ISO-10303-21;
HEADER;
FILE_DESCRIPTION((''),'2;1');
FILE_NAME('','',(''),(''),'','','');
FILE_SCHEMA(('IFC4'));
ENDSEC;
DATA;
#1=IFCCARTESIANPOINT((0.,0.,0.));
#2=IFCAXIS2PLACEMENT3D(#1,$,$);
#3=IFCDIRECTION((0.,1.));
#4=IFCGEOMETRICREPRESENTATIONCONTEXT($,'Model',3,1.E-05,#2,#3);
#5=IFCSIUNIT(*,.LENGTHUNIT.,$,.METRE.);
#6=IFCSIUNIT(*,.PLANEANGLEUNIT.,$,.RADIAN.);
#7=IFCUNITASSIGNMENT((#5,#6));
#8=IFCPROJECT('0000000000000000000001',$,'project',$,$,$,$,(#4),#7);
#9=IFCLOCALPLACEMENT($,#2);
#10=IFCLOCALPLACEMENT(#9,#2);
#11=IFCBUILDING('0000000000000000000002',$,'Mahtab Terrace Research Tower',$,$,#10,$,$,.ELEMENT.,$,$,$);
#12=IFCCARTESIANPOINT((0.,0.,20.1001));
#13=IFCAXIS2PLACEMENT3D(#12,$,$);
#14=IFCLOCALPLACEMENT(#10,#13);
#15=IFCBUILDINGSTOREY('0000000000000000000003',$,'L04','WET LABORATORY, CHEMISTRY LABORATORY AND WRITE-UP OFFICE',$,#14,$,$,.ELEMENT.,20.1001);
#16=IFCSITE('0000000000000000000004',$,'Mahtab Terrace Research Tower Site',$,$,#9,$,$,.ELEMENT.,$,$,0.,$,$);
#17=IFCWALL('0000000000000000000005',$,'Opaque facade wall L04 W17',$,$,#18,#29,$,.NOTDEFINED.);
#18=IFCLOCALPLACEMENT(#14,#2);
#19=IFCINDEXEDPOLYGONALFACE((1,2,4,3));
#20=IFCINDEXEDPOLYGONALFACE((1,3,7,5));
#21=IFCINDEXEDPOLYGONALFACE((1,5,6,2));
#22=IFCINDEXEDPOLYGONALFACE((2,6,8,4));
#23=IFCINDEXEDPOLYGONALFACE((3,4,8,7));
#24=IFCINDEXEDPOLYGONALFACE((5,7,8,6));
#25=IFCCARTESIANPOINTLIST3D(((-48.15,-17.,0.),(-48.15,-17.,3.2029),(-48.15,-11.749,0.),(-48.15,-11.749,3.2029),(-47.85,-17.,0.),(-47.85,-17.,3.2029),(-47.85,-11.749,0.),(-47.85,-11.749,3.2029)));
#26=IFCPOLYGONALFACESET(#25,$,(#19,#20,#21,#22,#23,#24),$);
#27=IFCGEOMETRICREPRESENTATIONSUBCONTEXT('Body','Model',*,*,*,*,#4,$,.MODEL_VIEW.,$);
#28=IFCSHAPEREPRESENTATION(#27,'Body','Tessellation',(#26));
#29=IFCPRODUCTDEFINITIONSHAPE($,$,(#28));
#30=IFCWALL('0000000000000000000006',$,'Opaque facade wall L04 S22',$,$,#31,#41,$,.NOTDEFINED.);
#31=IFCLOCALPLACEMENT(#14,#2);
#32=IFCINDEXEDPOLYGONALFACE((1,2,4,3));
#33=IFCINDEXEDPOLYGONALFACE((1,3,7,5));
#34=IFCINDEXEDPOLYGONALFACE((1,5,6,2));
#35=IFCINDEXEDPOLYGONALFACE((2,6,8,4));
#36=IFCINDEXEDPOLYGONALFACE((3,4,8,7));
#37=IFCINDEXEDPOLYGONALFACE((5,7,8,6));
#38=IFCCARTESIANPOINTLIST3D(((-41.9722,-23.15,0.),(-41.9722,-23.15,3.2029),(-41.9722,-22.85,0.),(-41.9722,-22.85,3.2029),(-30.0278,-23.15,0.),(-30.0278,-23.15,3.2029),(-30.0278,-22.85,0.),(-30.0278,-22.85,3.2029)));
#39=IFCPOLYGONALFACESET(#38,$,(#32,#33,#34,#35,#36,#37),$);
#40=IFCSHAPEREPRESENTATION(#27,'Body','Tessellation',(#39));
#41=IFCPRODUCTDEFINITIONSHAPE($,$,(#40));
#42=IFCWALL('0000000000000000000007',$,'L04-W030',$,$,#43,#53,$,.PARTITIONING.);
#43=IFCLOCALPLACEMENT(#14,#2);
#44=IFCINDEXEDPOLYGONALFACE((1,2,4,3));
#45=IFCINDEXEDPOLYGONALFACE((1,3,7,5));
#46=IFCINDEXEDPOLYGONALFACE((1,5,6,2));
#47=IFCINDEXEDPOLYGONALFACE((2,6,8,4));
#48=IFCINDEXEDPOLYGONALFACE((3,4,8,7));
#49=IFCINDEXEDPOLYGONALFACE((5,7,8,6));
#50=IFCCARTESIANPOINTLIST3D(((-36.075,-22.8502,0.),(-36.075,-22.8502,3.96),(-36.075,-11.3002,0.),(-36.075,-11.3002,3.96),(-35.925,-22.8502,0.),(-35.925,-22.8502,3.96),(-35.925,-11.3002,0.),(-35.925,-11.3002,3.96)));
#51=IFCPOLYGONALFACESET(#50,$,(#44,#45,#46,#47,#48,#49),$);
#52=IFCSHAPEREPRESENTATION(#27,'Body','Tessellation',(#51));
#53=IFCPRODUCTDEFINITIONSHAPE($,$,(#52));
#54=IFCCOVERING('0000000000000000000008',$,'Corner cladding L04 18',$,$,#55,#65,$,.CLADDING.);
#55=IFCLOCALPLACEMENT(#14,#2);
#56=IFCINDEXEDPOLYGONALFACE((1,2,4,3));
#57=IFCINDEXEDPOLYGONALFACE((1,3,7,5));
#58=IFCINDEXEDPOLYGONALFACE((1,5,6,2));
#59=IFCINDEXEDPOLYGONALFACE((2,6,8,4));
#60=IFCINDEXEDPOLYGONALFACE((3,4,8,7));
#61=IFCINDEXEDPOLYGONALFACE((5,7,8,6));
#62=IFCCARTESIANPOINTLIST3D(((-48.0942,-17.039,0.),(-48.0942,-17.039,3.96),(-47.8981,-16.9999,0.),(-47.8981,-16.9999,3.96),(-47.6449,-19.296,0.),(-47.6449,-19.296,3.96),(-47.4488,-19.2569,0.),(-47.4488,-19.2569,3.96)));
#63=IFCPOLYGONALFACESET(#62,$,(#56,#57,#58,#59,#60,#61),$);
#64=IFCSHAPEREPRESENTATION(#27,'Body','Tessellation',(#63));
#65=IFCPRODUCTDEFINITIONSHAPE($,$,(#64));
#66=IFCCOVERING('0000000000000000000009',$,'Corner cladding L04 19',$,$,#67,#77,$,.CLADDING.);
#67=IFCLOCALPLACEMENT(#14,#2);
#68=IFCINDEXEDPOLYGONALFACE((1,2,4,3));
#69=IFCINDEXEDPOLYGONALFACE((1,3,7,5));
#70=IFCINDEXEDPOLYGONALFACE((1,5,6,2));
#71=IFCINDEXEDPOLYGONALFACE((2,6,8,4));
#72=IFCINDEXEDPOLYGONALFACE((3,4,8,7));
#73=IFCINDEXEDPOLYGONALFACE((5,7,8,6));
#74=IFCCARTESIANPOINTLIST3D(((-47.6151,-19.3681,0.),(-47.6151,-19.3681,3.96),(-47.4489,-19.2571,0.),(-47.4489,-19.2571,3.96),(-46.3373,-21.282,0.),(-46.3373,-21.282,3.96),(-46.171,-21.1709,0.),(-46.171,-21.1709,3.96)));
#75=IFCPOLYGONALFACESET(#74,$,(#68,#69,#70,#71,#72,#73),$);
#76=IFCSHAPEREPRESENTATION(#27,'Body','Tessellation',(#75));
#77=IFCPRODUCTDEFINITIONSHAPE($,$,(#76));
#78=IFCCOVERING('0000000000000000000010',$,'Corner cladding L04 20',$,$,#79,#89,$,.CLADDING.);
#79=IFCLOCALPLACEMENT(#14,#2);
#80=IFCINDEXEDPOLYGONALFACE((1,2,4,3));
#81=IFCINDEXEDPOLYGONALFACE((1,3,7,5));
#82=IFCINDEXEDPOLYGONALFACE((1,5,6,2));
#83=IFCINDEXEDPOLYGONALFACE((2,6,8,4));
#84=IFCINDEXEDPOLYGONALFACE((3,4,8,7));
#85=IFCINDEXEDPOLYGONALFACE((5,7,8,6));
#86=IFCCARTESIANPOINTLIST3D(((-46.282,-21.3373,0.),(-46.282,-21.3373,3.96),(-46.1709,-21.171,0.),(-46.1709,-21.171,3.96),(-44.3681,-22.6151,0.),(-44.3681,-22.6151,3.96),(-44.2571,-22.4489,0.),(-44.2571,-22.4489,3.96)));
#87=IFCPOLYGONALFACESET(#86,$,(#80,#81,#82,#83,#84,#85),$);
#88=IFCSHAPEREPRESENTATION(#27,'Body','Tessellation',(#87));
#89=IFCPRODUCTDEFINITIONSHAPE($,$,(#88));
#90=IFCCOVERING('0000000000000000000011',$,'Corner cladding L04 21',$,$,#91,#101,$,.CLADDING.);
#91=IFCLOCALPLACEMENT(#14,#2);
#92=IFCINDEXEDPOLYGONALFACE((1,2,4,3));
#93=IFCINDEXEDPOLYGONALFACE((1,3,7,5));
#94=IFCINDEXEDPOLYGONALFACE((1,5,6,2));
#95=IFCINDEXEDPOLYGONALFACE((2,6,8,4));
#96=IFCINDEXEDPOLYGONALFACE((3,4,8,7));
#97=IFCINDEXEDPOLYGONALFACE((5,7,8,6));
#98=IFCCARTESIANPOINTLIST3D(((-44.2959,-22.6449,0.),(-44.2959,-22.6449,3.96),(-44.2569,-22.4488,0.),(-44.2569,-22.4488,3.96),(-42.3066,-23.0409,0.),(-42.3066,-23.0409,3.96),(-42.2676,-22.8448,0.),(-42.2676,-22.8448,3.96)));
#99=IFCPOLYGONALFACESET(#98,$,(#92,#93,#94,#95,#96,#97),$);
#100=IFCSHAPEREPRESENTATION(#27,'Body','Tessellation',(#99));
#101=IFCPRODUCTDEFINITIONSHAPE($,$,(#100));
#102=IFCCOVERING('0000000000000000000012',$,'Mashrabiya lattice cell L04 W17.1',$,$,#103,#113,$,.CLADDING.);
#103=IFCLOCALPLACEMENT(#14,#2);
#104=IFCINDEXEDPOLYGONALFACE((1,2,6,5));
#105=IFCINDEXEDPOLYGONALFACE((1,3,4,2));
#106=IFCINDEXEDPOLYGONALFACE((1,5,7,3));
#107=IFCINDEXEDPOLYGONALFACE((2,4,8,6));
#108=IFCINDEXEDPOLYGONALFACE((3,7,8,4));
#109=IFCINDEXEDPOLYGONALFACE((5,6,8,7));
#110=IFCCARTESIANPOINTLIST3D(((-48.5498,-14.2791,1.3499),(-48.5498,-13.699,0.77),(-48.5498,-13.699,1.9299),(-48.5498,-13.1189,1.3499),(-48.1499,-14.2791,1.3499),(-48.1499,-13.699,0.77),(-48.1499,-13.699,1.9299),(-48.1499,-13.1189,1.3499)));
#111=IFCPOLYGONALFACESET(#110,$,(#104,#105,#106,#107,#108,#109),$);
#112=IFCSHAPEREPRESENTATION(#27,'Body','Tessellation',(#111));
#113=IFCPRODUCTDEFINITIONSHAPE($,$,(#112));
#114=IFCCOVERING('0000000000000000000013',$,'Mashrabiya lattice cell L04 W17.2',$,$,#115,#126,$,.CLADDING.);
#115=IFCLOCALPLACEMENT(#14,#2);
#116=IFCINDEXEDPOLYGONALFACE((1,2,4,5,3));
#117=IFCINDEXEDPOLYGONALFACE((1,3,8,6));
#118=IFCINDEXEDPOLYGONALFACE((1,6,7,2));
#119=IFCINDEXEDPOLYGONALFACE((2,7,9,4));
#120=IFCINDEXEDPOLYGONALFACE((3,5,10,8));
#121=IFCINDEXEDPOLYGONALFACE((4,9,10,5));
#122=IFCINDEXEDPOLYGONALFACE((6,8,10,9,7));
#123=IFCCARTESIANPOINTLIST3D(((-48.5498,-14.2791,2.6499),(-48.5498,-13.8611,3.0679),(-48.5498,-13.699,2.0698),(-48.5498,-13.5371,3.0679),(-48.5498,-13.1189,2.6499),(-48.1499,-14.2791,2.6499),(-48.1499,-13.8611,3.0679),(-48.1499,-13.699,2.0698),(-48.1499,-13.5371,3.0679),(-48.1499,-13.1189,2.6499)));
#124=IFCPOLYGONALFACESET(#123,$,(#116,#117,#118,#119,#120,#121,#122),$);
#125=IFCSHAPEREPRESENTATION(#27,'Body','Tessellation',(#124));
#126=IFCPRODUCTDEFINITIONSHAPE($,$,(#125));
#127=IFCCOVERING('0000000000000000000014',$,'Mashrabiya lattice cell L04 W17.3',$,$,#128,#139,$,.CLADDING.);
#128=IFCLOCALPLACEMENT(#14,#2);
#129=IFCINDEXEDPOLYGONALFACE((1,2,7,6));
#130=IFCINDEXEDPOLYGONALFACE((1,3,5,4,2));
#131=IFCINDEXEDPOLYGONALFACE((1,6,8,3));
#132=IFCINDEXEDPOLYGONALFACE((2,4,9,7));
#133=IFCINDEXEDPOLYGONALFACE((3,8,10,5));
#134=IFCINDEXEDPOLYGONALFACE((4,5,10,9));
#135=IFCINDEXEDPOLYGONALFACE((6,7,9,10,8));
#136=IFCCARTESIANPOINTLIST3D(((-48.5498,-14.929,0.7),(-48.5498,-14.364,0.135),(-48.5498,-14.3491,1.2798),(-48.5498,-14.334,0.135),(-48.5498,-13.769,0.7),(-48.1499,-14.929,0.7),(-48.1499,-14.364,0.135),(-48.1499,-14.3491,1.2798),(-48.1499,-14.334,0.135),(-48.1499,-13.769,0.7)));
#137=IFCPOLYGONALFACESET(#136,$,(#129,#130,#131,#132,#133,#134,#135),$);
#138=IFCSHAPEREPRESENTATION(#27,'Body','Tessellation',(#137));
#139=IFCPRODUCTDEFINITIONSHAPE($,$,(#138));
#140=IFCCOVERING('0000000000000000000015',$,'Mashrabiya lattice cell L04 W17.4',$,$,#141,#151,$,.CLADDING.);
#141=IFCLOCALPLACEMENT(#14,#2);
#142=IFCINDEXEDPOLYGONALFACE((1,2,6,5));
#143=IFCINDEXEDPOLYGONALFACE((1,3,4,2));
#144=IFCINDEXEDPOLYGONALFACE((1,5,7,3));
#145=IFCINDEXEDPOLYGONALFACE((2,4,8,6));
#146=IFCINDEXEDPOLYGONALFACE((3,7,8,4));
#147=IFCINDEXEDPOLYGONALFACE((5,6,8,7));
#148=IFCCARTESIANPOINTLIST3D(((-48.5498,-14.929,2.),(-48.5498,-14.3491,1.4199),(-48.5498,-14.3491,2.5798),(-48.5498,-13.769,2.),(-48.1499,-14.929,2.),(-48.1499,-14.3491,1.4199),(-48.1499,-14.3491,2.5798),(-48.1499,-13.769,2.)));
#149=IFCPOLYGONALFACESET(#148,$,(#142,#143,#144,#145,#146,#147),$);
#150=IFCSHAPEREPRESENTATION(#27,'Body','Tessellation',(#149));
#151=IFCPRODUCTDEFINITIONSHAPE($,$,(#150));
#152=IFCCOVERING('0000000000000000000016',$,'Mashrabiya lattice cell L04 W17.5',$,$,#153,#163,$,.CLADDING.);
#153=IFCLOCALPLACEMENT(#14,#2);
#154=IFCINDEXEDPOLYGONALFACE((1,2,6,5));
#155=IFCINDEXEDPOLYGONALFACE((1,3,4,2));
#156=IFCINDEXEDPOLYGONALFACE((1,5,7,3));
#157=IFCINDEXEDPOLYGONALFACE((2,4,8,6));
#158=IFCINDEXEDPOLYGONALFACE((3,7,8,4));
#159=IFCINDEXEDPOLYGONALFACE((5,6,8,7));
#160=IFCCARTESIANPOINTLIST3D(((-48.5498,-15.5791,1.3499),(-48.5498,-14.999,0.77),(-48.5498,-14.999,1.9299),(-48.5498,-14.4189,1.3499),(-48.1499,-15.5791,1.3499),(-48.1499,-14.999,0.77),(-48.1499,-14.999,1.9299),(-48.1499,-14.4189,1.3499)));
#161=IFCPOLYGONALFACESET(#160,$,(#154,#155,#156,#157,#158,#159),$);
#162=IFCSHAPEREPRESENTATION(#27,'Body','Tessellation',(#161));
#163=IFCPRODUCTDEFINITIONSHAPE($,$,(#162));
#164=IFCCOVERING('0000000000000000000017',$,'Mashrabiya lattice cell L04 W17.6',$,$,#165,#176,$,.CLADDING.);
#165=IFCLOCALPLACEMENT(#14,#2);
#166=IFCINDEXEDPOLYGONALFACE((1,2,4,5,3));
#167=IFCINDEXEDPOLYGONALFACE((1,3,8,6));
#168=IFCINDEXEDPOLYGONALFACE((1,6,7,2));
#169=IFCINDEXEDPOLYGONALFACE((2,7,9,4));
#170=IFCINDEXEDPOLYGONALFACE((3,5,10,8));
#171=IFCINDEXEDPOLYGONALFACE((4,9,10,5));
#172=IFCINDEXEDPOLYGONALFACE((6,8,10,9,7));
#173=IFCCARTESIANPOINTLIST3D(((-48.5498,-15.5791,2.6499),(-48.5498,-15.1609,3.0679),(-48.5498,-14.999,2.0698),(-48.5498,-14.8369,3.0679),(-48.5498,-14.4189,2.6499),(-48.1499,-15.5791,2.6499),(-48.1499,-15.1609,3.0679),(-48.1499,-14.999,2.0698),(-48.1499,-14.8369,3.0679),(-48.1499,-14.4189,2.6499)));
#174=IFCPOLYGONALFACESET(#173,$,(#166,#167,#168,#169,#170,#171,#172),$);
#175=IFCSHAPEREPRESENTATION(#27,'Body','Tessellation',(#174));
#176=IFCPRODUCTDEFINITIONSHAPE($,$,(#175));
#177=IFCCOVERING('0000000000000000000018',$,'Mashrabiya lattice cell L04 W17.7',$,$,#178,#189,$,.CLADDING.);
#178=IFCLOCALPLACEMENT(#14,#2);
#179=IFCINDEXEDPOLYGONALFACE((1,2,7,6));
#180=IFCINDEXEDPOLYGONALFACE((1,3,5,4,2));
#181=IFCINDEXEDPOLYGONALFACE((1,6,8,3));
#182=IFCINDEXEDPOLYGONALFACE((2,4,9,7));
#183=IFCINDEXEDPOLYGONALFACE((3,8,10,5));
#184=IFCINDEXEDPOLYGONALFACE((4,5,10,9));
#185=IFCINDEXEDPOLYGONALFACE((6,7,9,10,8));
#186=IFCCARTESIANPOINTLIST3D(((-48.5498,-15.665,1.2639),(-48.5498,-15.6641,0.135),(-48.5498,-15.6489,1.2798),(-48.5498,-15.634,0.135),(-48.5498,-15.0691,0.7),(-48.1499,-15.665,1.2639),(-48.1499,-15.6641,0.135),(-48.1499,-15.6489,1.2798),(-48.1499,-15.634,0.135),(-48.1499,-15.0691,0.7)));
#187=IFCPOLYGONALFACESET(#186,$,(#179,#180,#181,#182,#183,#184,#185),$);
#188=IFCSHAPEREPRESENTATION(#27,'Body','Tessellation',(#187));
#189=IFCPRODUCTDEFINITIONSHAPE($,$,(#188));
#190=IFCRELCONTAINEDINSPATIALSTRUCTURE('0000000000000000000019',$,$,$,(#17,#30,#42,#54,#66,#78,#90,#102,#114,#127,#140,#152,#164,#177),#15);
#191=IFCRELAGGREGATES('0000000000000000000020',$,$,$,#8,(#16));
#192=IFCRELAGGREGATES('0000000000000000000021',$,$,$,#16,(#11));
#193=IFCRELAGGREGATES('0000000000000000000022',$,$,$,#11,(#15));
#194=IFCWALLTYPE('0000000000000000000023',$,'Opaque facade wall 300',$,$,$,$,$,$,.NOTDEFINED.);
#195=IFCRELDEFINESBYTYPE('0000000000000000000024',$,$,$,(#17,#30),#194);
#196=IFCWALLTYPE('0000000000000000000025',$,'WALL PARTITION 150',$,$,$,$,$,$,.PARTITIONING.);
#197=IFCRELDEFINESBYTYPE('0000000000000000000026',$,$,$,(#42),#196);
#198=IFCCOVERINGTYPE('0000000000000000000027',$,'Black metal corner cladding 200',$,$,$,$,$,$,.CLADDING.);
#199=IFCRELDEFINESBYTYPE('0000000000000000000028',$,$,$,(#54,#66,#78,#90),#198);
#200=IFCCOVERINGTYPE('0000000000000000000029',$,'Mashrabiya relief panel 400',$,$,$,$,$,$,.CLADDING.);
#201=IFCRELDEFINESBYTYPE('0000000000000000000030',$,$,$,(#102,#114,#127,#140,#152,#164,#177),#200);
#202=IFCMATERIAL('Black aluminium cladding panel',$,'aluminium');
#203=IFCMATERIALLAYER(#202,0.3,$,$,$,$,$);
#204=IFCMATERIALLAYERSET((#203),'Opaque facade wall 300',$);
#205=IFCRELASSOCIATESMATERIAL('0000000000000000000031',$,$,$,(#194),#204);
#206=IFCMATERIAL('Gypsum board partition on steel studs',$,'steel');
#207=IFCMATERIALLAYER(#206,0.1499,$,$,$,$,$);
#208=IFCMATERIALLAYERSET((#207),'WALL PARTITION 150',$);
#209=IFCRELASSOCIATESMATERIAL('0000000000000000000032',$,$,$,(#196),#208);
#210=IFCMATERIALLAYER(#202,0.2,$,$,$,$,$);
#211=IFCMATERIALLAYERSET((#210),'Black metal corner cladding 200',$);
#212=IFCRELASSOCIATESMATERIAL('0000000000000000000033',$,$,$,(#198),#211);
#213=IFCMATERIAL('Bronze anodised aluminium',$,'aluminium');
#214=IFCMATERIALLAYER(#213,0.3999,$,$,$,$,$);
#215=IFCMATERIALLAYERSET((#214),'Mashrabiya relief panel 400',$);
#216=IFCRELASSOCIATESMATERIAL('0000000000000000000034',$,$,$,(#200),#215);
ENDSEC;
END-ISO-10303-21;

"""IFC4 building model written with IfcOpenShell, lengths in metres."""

from ifc_helpers import new_model, si_unit, direction, frame, frame_2d, origin, origin_2d, place, context, subcontext, project, spatial, polyline, rectangle, outline, extrude, material, layer, layer_set, type_object, element, save


model = new_model("IFC4")

# Units and contexts
model_context = context("Model", 3, precision=1e-05, world=origin(), true_north=direction((0.0, 1.0)))
body_context = subcontext(model_context, "Body", "Model", "MODEL_VIEW")
ifc_project = project(units=[si_unit("LENGTHUNIT", "METRE"), si_unit("PLANEANGLEUNIT", "RADIAN")], contexts=[model_context])

# Site, building, storey
site_placement = place(None, origin())
site = spatial("IfcSite", under=ifc_project, at=site_placement, Name="Mahtab Terrace Research Tower Site", CompositionType="ELEMENT", RefElevation=0.0)
building_placement = place(site_placement, origin())
building = spatial("IfcBuilding", under=site, at=building_placement, Name="Mahtab Terrace Research Tower", CompositionType="ELEMENT")
storey_placement = place(building_placement, frame((0.0, 0.0, 20.1001)))
storey = spatial("IfcBuildingStorey", under=building, at=storey_placement, Name="L04", Description="WET LABORATORY, CHEMISTRY LABORATORY AND WRITE-UP OFFICE", CompositionType="ELEMENT", Elevation=20.1001)

# Walls
ifc_material_1 = material(Name="Black aluminium cladding panel", Category="aluminium")
ifc_layer_1 = layer(ifc_material_1, 0.3)
ifc_layer_set_1 = layer_set([ifc_layer_1], Name="Opaque facade wall 300")
wall_type_1 = type_object("IfcWallType", Name="Opaque facade wall 300", PredefinedType="NOTDEFINED", material=ifc_layer_set_1)
wall_1_placement = place(storey_placement, frame((-48.0, -11.749, 0.0), z_axis=(0.0, 0.0, 1.0), x_axis=(0.0, -1.0, 0.0)))
element("IfcWall", 1, at=wall_1_placement, inside=storey, type_object=wall_type_1, Name="Opaque facade wall L04 W17", PredefinedType="NOTDEFINED", context=body_context, shape_type="SweptSolid", body=[
    extrude(rectangle(XDim=5.251, YDim=0.3, at=frame_2d((2.6255, 0.0))), origin(), (0.0, 0.0, 1.0), 3.2029),
])
wall_2_placement = place(storey_placement, frame((-41.9722, -23.0, 0.0), z_axis=(0.0, 0.0, 1.0), x_axis=(1.0, 0.0, 0.0)))
element("IfcWall", 2, at=wall_2_placement, inside=storey, type_object=wall_type_1, Name="Opaque facade wall L04 S22", PredefinedType="NOTDEFINED", context=body_context, shape_type="SweptSolid", body=[
    extrude(rectangle(XDim=11.9443, YDim=0.3, at=frame_2d((5.9722, 0.0))), origin(), (0.0, 0.0, 1.0), 3.2029),
])
ifc_material_2 = material(Name="Gypsum board partition on steel studs", Category="steel")
ifc_layer_2 = layer(ifc_material_2, 0.1499)
ifc_layer_set_2 = layer_set([ifc_layer_2], Name="WALL PARTITION 150")
wall_type_2 = type_object("IfcWallType", Name="WALL PARTITION 150", PredefinedType="PARTITIONING", material=ifc_layer_set_2)
wall_3_placement = place(storey_placement, frame((-36.0, -22.8501, 0.0), z_axis=(0.0, 0.0, 1.0), x_axis=(0.0, 1.0, 0.0)))
element("IfcWall", 3, at=wall_3_placement, inside=storey, type_object=wall_type_2, Name="L04-W030", PredefinedType="PARTITIONING", context=body_context, shape_type="SweptSolid", body=[
    extrude(rectangle(XDim=11.55, YDim=0.1499, at=frame_2d((5.7749, 0.0))), origin(), (0.0, 0.0, 1.0), 3.96),
])

# Coverings
ifc_layer_3 = layer(ifc_material_1, 0.2)
ifc_layer_set_3 = layer_set([ifc_layer_3], Name="Black metal corner cladding 200")
covering_type_1 = type_object("IfcCoveringType", Name="Black metal corner cladding 200", PredefinedType="CLADDING", material=ifc_layer_set_3)
for number, where, z_axis, x_axis, name in (
    (4, (-47.7715, -18.1479, 0.0), (0.0, 0.0, 1.0), (0.195212, -0.980761, 0.0), "Corner cladding L04 18"),
    (5, (-46.8931, -20.2695, 0.0), (0.0, 0.0, 1.0), (0.555291, -0.831656, 0.0), "Corner cladding L04 19"),
    (6, (-45.2695, -21.8931, 0.0), (0.0, 0.0, 1.0), (0.831656, -0.555291, 0.0), "Corner cladding L04 20"),
):
    element("IfcCovering", number, at=place(storey_placement, frame(where, z_axis=z_axis, x_axis=x_axis)), inside=storey, type_object=covering_type_1, Name=name, PredefinedType="CLADDING", context=body_context, shape_type="SweptSolid", body=[
        extrude(rectangle(XDim=2.3013, YDim=0.2, at=origin_2d()), origin(), (0.0, 0.0, 1.0), 3.96),
    ])
covering_1_placement = place(storey_placement, frame((-43.2817, -22.7449, 0.0), z_axis=(0.0, 0.0, 1.0), x_axis=(0.980761, -0.195212, 0.0)))
element("IfcCovering", 7, at=covering_1_placement, inside=storey, type_object=covering_type_1, Name="Corner cladding L04 21", PredefinedType="CLADDING", context=body_context, shape_type="SweptSolid", body=[
    extrude(rectangle(XDim=2.0283, YDim=0.2, at=origin_2d()), origin(), (0.0, 0.0, 1.0), 3.96),
])
ifc_material_3 = material(Name="Bronze anodised aluminium", Category="aluminium")
ifc_layer_4 = layer(ifc_material_3, 0.3999)
ifc_layer_set_4 = layer_set([ifc_layer_4], Name="Mashrabiya relief panel 400")
covering_type_2 = type_object("IfcCoveringType", Name="Mashrabiya relief panel 400", PredefinedType="CLADDING", material=ifc_layer_set_4)
covering_2_placement = place(storey_placement, frame((-48.1499, -13.699, 1.9299), z_axis=(1.0, 0.0, 0.0), x_axis=(0.0, -0.707107, -0.707107)))
element("IfcCovering", 8, at=covering_2_placement, inside=storey, type_object=covering_type_2, Name="Mashrabiya lattice cell L04 W17.1", PredefinedType="CLADDING", context=body_context, shape_type="SweptSolid", body=[
    extrude(outline(polyline([(0.0, 0.0), (0.8204, 0.0), (0.8202, 0.8202), (0.0, 0.8204), (0.0, 0.0)])), origin(), (0.0, 0.0, -1.0), 0.3999),
])
covering_3_placement = place(storey_placement, frame((-48.1499, -14.2791, 2.6499), z_axis=(1.0, 0.0, 0.0), x_axis=(0.0, 0.707107, -0.707107)))
element("IfcCovering", 9, at=covering_3_placement, inside=storey, type_object=covering_type_2, Name="Mashrabiya lattice cell L04 W17.2", PredefinedType="CLADDING", context=body_context, shape_type="SweptSolid", body=[
    extrude(outline(polyline([(0.0, 0.0), (0.8204, 0.0), (0.8204, 0.8204), (0.2291, 0.8202), (0.0, 0.5911), (0.0, 0.0)])), origin(), (0.0, 0.0, -1.0), 0.3999),
])
covering_4_placement = place(storey_placement, frame((-48.1499, -13.769, 0.7), z_axis=(1.0, 0.0, 0.0), x_axis=(0.0, -0.707256, 0.706958)))
element("IfcCovering", 10, at=covering_4_placement, inside=storey, type_object=covering_type_2, Name="Mashrabiya lattice cell L04 W17.3", PredefinedType="CLADDING", context=body_context, shape_type="SweptSolid", body=[
    extrude(outline(polyline([(0.0, 0.0), (0.8202, 0.0), (0.8204, 0.82), (0.0214, 0.8202), (0.0002, 0.7989), (0.0, 0.0)])), origin(), (0.0, 0.0, -1.0), 0.3999),
])
covering_5_placement = place(storey_placement, frame((-48.1499, -14.3491, 2.5798), z_axis=(1.0, 0.0, 0.0), x_axis=(0.0, -0.707107, -0.707107)))
element("IfcCovering", 11, at=covering_5_placement, inside=storey, type_object=covering_type_2, Name="Mashrabiya lattice cell L04 W17.4", PredefinedType="CLADDING", context=body_context, shape_type="SweptSolid", body=[
    extrude(outline(polyline([(0.0, 0.0), (0.82, 0.0), (0.8202, 0.8202), (-0.0002, 0.8202), (0.0, 0.0)])), origin(), (0.0, 0.0, -1.0), 0.3999),
])
covering_6_placement = place(storey_placement, frame((-48.1499, -14.999, 1.9299), z_axis=(1.0, 0.0, 0.0), x_axis=(0.0, -0.707107, -0.707107)))
element("IfcCovering", 12, at=covering_6_placement, inside=storey, type_object=covering_type_2, Name="Mashrabiya lattice cell L04 W17.5", PredefinedType="CLADDING", context=body_context, shape_type="SweptSolid", body=[
    extrude(outline(polyline([(0.0, 0.0), (0.8204, 0.0), (0.8202, 0.8202), (0.0, 0.8204), (0.0, 0.0)])), origin(), (0.0, 0.0, -1.0), 0.3999),
])
covering_7_placement = place(storey_placement, frame((-48.1499, -15.5791, 2.6499), z_axis=(1.0, 0.0, 0.0), x_axis=(0.0, 0.707107, -0.707107)))
element("IfcCovering", 13, at=covering_7_placement, inside=storey, type_object=covering_type_2, Name="Mashrabiya lattice cell L04 W17.6", PredefinedType="CLADDING", context=body_context, shape_type="SweptSolid", body=[
    extrude(outline(polyline([(0.0, 0.0), (0.8204, 0.0), (0.8204, 0.8204), (0.2293, 0.8204), (0.0002, 0.5913), (0.0, 0.0)])), origin(), (0.0, 0.0, -1.0), 0.3999),
])
covering_8_placement = place(storey_placement, frame((-48.1499, -15.0691, 0.7), z_axis=(1.0, 0.0, 0.0), x_axis=(0.0, -0.707107, 0.707107)))
element("IfcCovering", 14, at=covering_8_placement, inside=storey, type_object=covering_type_2, Name="Mashrabiya lattice cell L04 W17.7", PredefinedType="CLADDING", context=body_context, shape_type="SweptSolid", body=[
    extrude(outline(polyline([(0.0, 0.0), (0.82, 0.0), (0.8202, 0.0226), (0.0212, 0.8202), (0.0, 0.7989), (0.0, 0.0)])), origin(), (0.0, 0.0, -1.0), 0.3999),
])

save(model, "model.ifc")
